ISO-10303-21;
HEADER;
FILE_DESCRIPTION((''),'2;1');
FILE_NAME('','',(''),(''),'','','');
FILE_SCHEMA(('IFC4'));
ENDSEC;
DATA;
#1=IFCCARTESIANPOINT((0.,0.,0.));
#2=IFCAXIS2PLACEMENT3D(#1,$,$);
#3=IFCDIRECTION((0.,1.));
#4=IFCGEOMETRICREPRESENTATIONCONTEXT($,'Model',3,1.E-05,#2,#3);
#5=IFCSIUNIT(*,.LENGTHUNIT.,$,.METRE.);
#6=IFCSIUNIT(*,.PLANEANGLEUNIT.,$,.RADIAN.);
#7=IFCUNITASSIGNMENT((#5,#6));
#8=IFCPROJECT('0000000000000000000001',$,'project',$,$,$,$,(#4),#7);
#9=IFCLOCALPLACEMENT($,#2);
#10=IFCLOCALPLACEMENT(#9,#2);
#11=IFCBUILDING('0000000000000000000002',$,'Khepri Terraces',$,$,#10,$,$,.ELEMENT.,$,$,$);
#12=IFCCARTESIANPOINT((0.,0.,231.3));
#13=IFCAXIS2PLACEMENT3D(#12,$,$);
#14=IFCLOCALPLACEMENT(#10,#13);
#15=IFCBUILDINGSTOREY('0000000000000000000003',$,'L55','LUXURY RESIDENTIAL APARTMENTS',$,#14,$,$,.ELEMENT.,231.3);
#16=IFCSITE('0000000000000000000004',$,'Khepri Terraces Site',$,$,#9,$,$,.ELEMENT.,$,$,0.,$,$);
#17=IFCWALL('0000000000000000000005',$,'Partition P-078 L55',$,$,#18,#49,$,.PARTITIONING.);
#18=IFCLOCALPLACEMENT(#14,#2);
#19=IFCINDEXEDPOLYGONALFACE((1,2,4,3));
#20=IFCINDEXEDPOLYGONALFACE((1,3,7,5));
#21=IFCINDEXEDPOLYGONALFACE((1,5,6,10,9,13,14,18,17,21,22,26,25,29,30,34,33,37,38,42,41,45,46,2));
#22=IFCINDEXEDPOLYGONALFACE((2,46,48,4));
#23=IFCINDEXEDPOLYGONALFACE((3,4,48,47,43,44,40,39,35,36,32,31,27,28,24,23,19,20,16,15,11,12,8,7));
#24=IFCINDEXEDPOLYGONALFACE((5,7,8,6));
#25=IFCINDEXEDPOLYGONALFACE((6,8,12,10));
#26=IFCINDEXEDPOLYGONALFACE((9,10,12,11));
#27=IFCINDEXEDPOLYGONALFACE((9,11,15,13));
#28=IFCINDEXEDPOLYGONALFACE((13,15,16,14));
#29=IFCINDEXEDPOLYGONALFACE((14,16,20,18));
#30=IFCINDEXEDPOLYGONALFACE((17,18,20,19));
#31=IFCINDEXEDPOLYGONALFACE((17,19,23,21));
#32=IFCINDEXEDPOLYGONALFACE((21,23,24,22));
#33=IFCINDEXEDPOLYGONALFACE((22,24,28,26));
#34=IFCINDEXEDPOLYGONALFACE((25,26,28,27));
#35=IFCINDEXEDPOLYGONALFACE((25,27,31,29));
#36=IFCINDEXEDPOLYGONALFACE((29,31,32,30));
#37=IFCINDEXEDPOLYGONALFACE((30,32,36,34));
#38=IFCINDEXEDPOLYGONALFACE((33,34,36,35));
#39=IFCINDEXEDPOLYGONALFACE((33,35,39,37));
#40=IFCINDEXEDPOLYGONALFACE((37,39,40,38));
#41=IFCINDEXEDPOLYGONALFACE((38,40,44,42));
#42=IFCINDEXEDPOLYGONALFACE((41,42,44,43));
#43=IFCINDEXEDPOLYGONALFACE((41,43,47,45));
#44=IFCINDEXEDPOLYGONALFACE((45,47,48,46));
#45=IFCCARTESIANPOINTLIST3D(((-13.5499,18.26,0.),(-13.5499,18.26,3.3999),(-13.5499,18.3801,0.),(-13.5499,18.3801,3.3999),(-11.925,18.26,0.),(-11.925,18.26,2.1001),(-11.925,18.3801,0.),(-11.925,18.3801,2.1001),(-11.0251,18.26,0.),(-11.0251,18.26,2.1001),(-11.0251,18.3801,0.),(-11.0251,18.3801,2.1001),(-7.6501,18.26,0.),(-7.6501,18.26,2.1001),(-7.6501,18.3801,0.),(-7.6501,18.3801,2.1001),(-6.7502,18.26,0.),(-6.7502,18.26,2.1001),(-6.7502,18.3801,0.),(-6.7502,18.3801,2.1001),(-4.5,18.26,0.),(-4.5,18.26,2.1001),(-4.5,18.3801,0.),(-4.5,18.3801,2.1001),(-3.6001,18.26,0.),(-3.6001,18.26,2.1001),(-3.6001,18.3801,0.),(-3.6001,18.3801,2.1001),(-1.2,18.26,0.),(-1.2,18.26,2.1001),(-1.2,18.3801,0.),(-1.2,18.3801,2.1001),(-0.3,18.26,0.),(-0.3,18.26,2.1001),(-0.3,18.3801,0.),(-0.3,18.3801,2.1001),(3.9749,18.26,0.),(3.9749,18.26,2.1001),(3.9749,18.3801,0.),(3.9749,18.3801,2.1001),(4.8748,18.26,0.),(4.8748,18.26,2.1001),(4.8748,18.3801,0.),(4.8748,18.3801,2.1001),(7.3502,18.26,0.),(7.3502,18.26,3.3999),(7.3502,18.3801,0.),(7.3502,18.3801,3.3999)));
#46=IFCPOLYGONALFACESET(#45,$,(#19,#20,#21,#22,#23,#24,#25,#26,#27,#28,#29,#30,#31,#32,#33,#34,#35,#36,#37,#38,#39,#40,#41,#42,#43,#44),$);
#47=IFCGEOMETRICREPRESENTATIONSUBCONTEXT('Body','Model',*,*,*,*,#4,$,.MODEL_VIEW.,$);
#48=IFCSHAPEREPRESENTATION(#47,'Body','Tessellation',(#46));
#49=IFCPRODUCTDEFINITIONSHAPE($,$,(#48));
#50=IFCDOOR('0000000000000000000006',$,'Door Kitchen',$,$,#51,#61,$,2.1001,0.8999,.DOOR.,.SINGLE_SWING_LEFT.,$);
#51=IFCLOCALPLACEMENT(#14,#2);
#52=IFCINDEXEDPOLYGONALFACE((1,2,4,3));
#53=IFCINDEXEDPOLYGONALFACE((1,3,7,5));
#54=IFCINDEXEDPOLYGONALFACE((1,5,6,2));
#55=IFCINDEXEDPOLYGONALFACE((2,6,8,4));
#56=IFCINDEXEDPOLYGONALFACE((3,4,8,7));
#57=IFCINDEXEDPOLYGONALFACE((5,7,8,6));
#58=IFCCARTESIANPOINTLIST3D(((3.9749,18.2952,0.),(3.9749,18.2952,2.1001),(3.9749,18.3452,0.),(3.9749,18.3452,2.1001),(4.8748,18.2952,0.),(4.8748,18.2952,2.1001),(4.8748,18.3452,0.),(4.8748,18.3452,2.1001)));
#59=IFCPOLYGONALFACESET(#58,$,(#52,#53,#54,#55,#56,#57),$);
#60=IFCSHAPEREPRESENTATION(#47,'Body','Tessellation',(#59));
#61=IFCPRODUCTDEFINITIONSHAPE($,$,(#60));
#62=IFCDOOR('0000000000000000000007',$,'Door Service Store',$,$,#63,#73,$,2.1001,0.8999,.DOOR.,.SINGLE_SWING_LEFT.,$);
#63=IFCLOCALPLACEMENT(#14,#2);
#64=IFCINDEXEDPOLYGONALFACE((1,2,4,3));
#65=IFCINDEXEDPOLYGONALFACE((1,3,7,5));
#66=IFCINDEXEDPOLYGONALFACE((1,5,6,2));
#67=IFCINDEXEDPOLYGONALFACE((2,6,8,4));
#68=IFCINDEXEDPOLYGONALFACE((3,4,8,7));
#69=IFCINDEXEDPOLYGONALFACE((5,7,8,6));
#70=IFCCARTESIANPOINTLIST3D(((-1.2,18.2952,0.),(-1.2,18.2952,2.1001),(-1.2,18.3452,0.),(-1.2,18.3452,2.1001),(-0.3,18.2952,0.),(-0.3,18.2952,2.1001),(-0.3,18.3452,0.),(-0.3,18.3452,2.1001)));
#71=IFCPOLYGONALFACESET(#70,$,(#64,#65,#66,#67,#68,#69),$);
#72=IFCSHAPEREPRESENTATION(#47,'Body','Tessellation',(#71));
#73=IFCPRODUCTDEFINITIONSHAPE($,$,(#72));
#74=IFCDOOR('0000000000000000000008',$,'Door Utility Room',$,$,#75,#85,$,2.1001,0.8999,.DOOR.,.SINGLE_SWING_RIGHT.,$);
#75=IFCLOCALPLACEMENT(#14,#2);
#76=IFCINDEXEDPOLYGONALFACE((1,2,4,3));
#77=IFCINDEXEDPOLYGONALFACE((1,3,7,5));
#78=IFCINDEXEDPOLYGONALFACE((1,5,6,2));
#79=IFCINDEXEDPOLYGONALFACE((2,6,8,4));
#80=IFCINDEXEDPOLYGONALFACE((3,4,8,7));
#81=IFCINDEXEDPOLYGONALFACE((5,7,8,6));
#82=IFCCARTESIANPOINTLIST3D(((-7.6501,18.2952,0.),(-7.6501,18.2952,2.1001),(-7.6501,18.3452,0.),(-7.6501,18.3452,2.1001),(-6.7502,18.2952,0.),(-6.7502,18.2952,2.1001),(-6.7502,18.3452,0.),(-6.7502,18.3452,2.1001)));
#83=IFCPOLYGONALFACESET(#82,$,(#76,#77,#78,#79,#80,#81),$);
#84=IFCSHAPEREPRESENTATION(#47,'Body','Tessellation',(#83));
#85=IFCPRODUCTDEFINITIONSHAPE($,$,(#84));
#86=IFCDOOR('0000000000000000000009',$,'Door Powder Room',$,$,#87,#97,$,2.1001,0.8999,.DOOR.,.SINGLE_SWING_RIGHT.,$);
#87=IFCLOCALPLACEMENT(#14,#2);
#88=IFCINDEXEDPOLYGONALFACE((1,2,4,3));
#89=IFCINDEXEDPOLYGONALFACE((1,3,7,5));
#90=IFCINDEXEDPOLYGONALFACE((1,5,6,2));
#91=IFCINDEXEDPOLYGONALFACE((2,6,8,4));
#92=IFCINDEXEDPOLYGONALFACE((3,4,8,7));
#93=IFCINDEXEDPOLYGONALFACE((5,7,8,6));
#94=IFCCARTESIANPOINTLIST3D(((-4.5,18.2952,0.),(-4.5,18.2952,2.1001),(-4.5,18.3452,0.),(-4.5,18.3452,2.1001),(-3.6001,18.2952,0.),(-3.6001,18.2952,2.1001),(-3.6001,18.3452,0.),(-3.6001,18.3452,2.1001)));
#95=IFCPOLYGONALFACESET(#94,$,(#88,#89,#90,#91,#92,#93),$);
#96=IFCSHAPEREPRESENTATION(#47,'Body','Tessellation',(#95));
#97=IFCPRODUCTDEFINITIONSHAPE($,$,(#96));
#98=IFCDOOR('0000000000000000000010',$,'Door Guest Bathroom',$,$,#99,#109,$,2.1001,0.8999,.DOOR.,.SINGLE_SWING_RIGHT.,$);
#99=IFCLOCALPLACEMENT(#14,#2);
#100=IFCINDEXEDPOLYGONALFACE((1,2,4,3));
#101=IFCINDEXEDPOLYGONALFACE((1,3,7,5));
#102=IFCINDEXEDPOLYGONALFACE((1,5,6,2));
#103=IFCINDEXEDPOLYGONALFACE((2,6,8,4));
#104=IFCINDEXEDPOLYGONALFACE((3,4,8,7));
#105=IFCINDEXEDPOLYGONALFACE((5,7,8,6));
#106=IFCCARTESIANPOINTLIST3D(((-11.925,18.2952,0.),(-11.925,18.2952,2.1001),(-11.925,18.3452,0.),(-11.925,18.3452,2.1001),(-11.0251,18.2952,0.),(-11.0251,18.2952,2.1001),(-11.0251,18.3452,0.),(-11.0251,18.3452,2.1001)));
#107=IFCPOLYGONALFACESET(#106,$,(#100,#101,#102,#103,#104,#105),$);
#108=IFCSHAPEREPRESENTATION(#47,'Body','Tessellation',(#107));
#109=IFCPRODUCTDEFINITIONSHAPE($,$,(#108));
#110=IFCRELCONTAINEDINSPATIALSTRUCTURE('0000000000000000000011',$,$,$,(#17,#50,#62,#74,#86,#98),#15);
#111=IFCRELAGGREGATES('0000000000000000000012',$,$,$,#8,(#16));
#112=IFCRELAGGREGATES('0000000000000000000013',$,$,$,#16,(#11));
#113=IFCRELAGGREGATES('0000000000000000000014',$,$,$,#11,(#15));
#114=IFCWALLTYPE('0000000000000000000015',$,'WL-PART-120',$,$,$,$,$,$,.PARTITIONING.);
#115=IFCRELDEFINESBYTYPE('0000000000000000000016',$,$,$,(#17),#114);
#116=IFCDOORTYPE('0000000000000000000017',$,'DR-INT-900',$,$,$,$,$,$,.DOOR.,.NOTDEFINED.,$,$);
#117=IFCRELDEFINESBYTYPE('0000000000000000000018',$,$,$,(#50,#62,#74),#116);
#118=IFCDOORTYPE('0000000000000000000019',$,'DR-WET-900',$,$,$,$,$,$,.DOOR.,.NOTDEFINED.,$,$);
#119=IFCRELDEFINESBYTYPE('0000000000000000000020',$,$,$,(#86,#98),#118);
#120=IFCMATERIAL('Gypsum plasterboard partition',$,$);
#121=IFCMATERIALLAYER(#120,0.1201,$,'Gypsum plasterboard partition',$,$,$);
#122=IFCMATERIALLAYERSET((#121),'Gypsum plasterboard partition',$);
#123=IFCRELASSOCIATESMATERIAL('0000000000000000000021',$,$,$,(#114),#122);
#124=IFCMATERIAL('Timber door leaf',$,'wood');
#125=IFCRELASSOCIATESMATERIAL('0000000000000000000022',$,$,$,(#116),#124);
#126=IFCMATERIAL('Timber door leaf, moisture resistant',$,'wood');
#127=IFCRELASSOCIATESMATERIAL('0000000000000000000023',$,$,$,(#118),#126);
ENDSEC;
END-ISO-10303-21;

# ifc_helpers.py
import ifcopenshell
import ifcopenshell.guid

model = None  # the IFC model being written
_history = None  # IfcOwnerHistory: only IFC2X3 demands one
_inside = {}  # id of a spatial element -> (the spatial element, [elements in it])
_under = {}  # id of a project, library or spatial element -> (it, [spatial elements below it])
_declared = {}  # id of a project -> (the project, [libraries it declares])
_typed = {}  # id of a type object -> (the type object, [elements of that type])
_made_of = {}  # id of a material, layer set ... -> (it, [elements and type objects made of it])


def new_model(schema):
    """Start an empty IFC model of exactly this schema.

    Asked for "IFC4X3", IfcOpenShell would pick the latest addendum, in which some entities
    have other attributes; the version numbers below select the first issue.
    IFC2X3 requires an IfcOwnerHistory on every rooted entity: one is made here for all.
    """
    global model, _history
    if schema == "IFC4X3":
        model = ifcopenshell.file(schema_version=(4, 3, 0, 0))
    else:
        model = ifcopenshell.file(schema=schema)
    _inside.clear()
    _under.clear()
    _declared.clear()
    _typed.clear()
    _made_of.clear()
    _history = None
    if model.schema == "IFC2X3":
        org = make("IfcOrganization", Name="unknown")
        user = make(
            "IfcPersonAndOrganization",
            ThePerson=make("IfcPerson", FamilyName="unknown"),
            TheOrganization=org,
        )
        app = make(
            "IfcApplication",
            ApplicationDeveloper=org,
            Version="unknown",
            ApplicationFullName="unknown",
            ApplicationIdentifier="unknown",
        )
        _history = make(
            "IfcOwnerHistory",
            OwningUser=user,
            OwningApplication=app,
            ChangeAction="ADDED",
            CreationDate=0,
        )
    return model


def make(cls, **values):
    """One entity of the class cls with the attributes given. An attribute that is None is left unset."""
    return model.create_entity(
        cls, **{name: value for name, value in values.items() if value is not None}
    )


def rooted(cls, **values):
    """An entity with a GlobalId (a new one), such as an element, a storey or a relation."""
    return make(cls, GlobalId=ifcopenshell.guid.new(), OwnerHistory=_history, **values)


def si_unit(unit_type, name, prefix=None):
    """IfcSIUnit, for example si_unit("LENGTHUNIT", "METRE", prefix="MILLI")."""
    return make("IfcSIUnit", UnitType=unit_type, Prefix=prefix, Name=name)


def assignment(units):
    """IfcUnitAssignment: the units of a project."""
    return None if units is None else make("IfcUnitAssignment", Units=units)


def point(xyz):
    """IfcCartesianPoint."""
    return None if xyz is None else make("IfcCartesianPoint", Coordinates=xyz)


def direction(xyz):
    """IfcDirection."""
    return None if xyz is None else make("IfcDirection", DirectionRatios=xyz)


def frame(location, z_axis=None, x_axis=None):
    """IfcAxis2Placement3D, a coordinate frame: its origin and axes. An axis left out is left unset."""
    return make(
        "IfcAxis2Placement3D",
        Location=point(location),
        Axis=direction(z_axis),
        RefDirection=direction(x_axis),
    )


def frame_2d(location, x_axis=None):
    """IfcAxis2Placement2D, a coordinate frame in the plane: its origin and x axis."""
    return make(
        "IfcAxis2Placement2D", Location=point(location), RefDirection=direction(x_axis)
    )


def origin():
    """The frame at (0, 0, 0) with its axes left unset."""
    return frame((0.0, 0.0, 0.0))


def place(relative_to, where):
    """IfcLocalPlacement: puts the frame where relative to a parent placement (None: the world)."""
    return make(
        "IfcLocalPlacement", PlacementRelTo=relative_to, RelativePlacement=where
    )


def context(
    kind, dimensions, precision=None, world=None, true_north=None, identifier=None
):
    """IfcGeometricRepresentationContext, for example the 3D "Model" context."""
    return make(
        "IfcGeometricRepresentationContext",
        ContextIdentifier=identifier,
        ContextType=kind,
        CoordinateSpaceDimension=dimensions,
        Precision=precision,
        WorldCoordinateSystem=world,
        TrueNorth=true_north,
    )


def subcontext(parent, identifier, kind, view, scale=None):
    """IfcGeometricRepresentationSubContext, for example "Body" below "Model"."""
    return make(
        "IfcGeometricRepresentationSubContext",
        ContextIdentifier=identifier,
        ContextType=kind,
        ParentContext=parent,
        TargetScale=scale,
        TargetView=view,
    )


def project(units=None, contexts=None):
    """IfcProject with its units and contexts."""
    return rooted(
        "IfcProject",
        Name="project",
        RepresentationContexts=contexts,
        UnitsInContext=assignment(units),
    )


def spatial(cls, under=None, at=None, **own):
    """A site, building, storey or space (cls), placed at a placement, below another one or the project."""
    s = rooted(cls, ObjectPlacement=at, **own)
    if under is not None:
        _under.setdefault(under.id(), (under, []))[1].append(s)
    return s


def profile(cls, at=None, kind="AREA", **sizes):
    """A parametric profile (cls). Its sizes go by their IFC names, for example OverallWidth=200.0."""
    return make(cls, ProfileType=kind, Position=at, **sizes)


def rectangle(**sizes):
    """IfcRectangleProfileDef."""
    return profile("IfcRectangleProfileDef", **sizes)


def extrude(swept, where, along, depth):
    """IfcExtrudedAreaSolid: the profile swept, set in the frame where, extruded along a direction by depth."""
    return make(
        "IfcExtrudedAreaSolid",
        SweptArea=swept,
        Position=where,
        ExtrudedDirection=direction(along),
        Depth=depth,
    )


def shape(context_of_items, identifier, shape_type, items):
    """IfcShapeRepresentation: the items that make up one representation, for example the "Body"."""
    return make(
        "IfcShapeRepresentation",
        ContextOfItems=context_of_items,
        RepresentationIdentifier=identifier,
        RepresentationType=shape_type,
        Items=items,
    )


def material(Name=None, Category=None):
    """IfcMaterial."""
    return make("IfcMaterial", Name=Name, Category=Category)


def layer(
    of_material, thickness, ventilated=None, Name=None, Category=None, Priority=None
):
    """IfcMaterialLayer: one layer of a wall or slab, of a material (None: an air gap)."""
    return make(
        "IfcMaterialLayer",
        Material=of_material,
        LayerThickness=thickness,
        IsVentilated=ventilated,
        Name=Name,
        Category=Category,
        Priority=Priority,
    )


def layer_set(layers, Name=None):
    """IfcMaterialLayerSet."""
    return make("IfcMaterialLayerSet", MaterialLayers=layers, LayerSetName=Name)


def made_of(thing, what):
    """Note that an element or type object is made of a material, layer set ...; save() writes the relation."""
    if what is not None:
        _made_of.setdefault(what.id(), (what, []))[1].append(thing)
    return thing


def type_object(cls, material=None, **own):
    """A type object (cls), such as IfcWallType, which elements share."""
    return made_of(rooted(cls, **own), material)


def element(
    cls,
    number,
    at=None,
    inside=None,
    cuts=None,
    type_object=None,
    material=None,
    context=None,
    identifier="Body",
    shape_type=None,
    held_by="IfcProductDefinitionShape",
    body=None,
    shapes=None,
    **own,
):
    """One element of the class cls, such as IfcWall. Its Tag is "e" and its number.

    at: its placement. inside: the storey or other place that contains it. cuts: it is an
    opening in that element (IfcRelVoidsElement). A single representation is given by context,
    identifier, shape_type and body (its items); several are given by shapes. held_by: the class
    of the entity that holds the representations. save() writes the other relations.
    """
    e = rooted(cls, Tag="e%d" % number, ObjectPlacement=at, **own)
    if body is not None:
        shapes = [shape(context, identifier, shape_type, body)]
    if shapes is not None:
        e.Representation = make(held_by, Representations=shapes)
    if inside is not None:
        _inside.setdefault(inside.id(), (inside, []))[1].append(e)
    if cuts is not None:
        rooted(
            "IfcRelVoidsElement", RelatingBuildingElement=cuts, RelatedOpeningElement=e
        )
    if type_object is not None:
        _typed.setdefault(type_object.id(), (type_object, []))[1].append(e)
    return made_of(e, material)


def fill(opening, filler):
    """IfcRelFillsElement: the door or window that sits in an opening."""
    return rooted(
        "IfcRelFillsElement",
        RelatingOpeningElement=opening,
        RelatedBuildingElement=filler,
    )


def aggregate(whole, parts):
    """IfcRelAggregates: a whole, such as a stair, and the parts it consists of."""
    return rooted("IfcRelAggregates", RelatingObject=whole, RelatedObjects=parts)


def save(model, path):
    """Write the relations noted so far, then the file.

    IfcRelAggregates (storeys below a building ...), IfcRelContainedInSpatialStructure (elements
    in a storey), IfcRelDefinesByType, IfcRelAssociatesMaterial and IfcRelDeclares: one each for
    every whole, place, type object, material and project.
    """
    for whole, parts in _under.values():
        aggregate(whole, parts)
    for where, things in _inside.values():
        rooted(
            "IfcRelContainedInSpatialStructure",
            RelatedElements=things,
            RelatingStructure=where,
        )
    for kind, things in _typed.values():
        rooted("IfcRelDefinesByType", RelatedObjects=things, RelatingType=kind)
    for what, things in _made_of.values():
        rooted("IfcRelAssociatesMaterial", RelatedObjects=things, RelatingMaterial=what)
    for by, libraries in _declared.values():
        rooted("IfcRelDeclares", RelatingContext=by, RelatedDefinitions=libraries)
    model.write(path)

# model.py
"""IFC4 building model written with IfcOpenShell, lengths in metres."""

from ifc_helpers import new_model, si_unit, direction, frame, frame_2d, origin, place, context, subcontext, project, spatial, rectangle, extrude, material, layer, layer_set, type_object, element, fill, save


model = new_model("IFC4")

# Units and contexts
model_context = context("Model", 3, precision=1e-05, world=origin(), true_north=direction((0.0, 1.0)))
body_context = subcontext(model_context, "Body", "Model", "MODEL_VIEW")
ifc_project = project(units=[si_unit("LENGTHUNIT", "METRE"), si_unit("PLANEANGLEUNIT", "RADIAN")], contexts=[model_context])

# Site, building, storey
site_placement = place(None, origin())
site = spatial("IfcSite", under=ifc_project, at=site_placement, Name="Khepri Terraces Site", CompositionType="ELEMENT", RefElevation=0.0)
building_placement = place(site_placement, origin())
building = spatial("IfcBuilding", under=site, at=building_placement, Name="Khepri Terraces", CompositionType="ELEMENT")
storey_placement = place(building_placement, frame((0.0, 0.0, 231.3)))
storey = spatial("IfcBuildingStorey", under=building, at=storey_placement, Name="L55", Description="LUXURY RESIDENTIAL APARTMENTS", CompositionType="ELEMENT", Elevation=231.3)

# Shared definitions
ifc_material_1 = material(Name="Gypsum plasterboard partition")
ifc_layer_1 = layer(ifc_material_1, 0.1201, Name="Gypsum plasterboard partition")
ifc_layer_set_1 = layer_set([ifc_layer_1], Name="Gypsum plasterboard partition")
wall_type_1 = type_object("IfcWallType", Name="WL-PART-120", PredefinedType="PARTITIONING", material=ifc_layer_set_1)

# Wall, openings, doors
wall_1_placement = place(storey_placement, frame((-13.55, 18.3201, 0.0), z_axis=(0.0, 0.0, 1.0), x_axis=(1.0, 0.0, 0.0)))
wall_1 = element("IfcWall", 1, at=wall_1_placement, inside=storey, type_object=wall_type_1, Name="Partition P-078 L55", PredefinedType="PARTITIONING", context=body_context, shape_type="SweptSolid", body=[
    extrude(rectangle(XDim=20.9001, YDim=0.1201, at=frame_2d((10.4502, 0.0))), origin(), (0.0, 0.0, 1.0), 3.3999),
])
opening_1_placement = place(wall_1_placement, frame((17.5249, 0.0, 0.0)))
opening_1 = element("IfcOpeningElement", 2, at=opening_1_placement, cuts=wall_1, PredefinedType="OPENING", context=body_context, shape_type="SweptSolid", body=[
    extrude(rectangle(XDim=0.8999, YDim=2.1001, at=frame_2d((0.45, 1.05))), frame((0.0, 0.0701, 0.0), z_axis=(0.0, -1.0, 0.0), x_axis=(1.0, 0.0, 0.0)), (0.0, 0.0, 1.0), 0.1401),
])
opening_2_placement = place(wall_1_placement, frame((12.3501, 0.0, 0.0)))
opening_2 = element("IfcOpeningElement", 3, at=opening_2_placement, cuts=wall_1, PredefinedType="OPENING", context=body_context, shape_type="SweptSolid", body=[
    extrude(rectangle(XDim=0.8999, YDim=2.1001, at=frame_2d((0.45, 1.05))), frame((0.0, 0.0701, 0.0), z_axis=(0.0, -1.0, 0.0), x_axis=(1.0, 0.0, 0.0)), (0.0, 0.0, 1.0), 0.1401),
])
opening_3_placement = place(wall_1_placement, frame((9.05, 0.0, 0.0)))
opening_3 = element("IfcOpeningElement", 4, at=opening_3_placement, cuts=wall_1, PredefinedType="OPENING", context=body_context, shape_type="SweptSolid", body=[
    extrude(rectangle(XDim=0.8999, YDim=2.1001, at=frame_2d((0.45, 1.05))), frame((0.0, 0.0701, 0.0), z_axis=(0.0, -1.0, 0.0), x_axis=(1.0, 0.0, 0.0)), (0.0, 0.0, 1.0), 0.1401),
])
opening_4_placement = place(wall_1_placement, frame((5.8999, 0.0, 0.0)))
opening_4 = element("IfcOpeningElement", 5, at=opening_4_placement, cuts=wall_1, PredefinedType="OPENING", context=body_context, shape_type="SweptSolid", body=[
    extrude(rectangle(XDim=0.8999, YDim=2.1001, at=frame_2d((0.45, 1.05))), frame((0.0, 0.0701, 0.0), z_axis=(0.0, -1.0, 0.0), x_axis=(1.0, 0.0, 0.0)), (0.0, 0.0, 1.0), 0.1401),
])
opening_5_placement = place(wall_1_placement, frame((1.625, 0.0, 0.0)))
opening_5 = element("IfcOpeningElement", 6, at=opening_5_placement, cuts=wall_1, PredefinedType="OPENING", context=body_context, shape_type="SweptSolid", body=[
    extrude(rectangle(XDim=0.8999, YDim=2.1001, at=frame_2d((0.45, 1.05))), frame((0.0, 0.0701, 0.0), z_axis=(0.0, -1.0, 0.0), x_axis=(1.0, 0.0, 0.0)), (0.0, 0.0, 1.0), 0.1401),
])
ifc_material_2 = material(Name="Timber door leaf", Category="wood")
door_type_1 = type_object("IfcDoorType", Name="DR-INT-900", OperationType="NOTDEFINED", PredefinedType="DOOR", material=ifc_material_2)
door_1_placement = place(opening_1_placement, frame((0.8999, 0.0, 0.0), z_axis=(0.0, 0.0, 1.0), x_axis=(-1.0, 0.0, 0.0)))
door_1 = element("IfcDoor", 7, at=door_1_placement, inside=storey, type_object=door_type_1, Name="Door Kitchen", OperationType="SINGLE_SWING_LEFT", OverallHeight=2.1001, OverallWidth=0.8999, PredefinedType="DOOR", context=body_context, shape_type="SweptSolid", body=[
    extrude(rectangle(XDim=0.8999, YDim=2.1001, at=frame_2d((0.45, 1.05))), frame((0.0, 0.0249, 0.0), z_axis=(0.0, -1.0, 0.0), x_axis=(1.0, 0.0, 0.0)), (0.0, 0.0, 1.0), 0.05),
])
fill(opening_1, door_1)
door_2_placement = place(opening_2_placement, frame((0.8999, 0.0, 0.0), z_axis=(0.0, 0.0, 1.0), x_axis=(-1.0, 0.0, 0.0)))
door_2 = element("IfcDoor", 8, at=door_2_placement, inside=storey, type_object=door_type_1, Name="Door Service Store", OperationType="SINGLE_SWING_LEFT", OverallHeight=2.1001, OverallWidth=0.8999, PredefinedType="DOOR", context=body_context, shape_type="SweptSolid", body=[
    extrude(rectangle(XDim=0.8999, YDim=2.1001, at=frame_2d((0.45, 1.05))), frame((0.0, 0.0249, 0.0), z_axis=(0.0, -1.0, 0.0), x_axis=(1.0, 0.0, 0.0)), (0.0, 0.0, 1.0), 0.05),
])
fill(opening_2, door_2)
door_3_placement = place(opening_4_placement, frame((0.8999, 0.0, 0.0), z_axis=(0.0, 0.0, 1.0), x_axis=(-1.0, 0.0, 0.0)))
door_3 = element("IfcDoor", 9, at=door_3_placement, inside=storey, type_object=door_type_1, Name="Door Utility Room", OperationType="SINGLE_SWING_RIGHT", OverallHeight=2.1001, OverallWidth=0.8999, PredefinedType="DOOR", context=body_context, shape_type="SweptSolid", body=[
    extrude(rectangle(XDim=0.8999, YDim=2.1001, at=frame_2d((0.45, 1.05))), frame((0.0, 0.0249, 0.0), z_axis=(0.0, -1.0, 0.0), x_axis=(1.0, 0.0, 0.0)), (0.0, 0.0, 1.0), 0.05),
])
fill(opening_4, door_3)
ifc_material_3 = material(Name="Timber door leaf, moisture resistant", Category="wood")
door_type_2 = type_object("IfcDoorType", Name="DR-WET-900", OperationType="NOTDEFINED", PredefinedType="DOOR", material=ifc_material_3)
door_4_placement = place(opening_3_placement, frame((0.8999, 0.0, 0.0), z_axis=(0.0, 0.0, 1.0), x_axis=(-1.0, 0.0, 0.0)))
door_4 = element("IfcDoor", 10, at=door_4_placement, inside=storey, type_object=door_type_2, Name="Door Powder Room", OperationType="SINGLE_SWING_RIGHT", OverallHeight=2.1001, OverallWidth=0.8999, PredefinedType="DOOR", context=body_context, shape_type="SweptSolid", body=[
    extrude(rectangle(XDim=0.8999, YDim=2.1001, at=frame_2d((0.45, 1.05))), frame((0.0, 0.0249, 0.0), z_axis=(0.0, -1.0, 0.0), x_axis=(1.0, 0.0, 0.0)), (0.0, 0.0, 1.0), 0.05),
])
fill(opening_3, door_4)
door_5_placement = place(opening_5_placement, frame((0.8999, 0.0, 0.0), z_axis=(0.0, 0.0, 1.0), x_axis=(-1.0, 0.0, 0.0)))
door_5 = element("IfcDoor", 11, at=door_5_placement, inside=storey, type_object=door_type_2, Name="Door Guest Bathroom", OperationType="SINGLE_SWING_RIGHT", OverallHeight=2.1001, OverallWidth=0.8999, PredefinedType="DOOR", context=body_context, shape_type="SweptSolid", body=[
    extrude(rectangle(XDim=0.8999, YDim=2.1001, at=frame_2d((0.45, 1.05))), frame((0.0, 0.0249, 0.0), z_axis=(0.0, -1.0, 0.0), x_axis=(1.0, 0.0, 0.0)), (0.0, 0.0, 1.0), 0.05),
])
fill(opening_5, door_5)

save(model, "model.ifc")
